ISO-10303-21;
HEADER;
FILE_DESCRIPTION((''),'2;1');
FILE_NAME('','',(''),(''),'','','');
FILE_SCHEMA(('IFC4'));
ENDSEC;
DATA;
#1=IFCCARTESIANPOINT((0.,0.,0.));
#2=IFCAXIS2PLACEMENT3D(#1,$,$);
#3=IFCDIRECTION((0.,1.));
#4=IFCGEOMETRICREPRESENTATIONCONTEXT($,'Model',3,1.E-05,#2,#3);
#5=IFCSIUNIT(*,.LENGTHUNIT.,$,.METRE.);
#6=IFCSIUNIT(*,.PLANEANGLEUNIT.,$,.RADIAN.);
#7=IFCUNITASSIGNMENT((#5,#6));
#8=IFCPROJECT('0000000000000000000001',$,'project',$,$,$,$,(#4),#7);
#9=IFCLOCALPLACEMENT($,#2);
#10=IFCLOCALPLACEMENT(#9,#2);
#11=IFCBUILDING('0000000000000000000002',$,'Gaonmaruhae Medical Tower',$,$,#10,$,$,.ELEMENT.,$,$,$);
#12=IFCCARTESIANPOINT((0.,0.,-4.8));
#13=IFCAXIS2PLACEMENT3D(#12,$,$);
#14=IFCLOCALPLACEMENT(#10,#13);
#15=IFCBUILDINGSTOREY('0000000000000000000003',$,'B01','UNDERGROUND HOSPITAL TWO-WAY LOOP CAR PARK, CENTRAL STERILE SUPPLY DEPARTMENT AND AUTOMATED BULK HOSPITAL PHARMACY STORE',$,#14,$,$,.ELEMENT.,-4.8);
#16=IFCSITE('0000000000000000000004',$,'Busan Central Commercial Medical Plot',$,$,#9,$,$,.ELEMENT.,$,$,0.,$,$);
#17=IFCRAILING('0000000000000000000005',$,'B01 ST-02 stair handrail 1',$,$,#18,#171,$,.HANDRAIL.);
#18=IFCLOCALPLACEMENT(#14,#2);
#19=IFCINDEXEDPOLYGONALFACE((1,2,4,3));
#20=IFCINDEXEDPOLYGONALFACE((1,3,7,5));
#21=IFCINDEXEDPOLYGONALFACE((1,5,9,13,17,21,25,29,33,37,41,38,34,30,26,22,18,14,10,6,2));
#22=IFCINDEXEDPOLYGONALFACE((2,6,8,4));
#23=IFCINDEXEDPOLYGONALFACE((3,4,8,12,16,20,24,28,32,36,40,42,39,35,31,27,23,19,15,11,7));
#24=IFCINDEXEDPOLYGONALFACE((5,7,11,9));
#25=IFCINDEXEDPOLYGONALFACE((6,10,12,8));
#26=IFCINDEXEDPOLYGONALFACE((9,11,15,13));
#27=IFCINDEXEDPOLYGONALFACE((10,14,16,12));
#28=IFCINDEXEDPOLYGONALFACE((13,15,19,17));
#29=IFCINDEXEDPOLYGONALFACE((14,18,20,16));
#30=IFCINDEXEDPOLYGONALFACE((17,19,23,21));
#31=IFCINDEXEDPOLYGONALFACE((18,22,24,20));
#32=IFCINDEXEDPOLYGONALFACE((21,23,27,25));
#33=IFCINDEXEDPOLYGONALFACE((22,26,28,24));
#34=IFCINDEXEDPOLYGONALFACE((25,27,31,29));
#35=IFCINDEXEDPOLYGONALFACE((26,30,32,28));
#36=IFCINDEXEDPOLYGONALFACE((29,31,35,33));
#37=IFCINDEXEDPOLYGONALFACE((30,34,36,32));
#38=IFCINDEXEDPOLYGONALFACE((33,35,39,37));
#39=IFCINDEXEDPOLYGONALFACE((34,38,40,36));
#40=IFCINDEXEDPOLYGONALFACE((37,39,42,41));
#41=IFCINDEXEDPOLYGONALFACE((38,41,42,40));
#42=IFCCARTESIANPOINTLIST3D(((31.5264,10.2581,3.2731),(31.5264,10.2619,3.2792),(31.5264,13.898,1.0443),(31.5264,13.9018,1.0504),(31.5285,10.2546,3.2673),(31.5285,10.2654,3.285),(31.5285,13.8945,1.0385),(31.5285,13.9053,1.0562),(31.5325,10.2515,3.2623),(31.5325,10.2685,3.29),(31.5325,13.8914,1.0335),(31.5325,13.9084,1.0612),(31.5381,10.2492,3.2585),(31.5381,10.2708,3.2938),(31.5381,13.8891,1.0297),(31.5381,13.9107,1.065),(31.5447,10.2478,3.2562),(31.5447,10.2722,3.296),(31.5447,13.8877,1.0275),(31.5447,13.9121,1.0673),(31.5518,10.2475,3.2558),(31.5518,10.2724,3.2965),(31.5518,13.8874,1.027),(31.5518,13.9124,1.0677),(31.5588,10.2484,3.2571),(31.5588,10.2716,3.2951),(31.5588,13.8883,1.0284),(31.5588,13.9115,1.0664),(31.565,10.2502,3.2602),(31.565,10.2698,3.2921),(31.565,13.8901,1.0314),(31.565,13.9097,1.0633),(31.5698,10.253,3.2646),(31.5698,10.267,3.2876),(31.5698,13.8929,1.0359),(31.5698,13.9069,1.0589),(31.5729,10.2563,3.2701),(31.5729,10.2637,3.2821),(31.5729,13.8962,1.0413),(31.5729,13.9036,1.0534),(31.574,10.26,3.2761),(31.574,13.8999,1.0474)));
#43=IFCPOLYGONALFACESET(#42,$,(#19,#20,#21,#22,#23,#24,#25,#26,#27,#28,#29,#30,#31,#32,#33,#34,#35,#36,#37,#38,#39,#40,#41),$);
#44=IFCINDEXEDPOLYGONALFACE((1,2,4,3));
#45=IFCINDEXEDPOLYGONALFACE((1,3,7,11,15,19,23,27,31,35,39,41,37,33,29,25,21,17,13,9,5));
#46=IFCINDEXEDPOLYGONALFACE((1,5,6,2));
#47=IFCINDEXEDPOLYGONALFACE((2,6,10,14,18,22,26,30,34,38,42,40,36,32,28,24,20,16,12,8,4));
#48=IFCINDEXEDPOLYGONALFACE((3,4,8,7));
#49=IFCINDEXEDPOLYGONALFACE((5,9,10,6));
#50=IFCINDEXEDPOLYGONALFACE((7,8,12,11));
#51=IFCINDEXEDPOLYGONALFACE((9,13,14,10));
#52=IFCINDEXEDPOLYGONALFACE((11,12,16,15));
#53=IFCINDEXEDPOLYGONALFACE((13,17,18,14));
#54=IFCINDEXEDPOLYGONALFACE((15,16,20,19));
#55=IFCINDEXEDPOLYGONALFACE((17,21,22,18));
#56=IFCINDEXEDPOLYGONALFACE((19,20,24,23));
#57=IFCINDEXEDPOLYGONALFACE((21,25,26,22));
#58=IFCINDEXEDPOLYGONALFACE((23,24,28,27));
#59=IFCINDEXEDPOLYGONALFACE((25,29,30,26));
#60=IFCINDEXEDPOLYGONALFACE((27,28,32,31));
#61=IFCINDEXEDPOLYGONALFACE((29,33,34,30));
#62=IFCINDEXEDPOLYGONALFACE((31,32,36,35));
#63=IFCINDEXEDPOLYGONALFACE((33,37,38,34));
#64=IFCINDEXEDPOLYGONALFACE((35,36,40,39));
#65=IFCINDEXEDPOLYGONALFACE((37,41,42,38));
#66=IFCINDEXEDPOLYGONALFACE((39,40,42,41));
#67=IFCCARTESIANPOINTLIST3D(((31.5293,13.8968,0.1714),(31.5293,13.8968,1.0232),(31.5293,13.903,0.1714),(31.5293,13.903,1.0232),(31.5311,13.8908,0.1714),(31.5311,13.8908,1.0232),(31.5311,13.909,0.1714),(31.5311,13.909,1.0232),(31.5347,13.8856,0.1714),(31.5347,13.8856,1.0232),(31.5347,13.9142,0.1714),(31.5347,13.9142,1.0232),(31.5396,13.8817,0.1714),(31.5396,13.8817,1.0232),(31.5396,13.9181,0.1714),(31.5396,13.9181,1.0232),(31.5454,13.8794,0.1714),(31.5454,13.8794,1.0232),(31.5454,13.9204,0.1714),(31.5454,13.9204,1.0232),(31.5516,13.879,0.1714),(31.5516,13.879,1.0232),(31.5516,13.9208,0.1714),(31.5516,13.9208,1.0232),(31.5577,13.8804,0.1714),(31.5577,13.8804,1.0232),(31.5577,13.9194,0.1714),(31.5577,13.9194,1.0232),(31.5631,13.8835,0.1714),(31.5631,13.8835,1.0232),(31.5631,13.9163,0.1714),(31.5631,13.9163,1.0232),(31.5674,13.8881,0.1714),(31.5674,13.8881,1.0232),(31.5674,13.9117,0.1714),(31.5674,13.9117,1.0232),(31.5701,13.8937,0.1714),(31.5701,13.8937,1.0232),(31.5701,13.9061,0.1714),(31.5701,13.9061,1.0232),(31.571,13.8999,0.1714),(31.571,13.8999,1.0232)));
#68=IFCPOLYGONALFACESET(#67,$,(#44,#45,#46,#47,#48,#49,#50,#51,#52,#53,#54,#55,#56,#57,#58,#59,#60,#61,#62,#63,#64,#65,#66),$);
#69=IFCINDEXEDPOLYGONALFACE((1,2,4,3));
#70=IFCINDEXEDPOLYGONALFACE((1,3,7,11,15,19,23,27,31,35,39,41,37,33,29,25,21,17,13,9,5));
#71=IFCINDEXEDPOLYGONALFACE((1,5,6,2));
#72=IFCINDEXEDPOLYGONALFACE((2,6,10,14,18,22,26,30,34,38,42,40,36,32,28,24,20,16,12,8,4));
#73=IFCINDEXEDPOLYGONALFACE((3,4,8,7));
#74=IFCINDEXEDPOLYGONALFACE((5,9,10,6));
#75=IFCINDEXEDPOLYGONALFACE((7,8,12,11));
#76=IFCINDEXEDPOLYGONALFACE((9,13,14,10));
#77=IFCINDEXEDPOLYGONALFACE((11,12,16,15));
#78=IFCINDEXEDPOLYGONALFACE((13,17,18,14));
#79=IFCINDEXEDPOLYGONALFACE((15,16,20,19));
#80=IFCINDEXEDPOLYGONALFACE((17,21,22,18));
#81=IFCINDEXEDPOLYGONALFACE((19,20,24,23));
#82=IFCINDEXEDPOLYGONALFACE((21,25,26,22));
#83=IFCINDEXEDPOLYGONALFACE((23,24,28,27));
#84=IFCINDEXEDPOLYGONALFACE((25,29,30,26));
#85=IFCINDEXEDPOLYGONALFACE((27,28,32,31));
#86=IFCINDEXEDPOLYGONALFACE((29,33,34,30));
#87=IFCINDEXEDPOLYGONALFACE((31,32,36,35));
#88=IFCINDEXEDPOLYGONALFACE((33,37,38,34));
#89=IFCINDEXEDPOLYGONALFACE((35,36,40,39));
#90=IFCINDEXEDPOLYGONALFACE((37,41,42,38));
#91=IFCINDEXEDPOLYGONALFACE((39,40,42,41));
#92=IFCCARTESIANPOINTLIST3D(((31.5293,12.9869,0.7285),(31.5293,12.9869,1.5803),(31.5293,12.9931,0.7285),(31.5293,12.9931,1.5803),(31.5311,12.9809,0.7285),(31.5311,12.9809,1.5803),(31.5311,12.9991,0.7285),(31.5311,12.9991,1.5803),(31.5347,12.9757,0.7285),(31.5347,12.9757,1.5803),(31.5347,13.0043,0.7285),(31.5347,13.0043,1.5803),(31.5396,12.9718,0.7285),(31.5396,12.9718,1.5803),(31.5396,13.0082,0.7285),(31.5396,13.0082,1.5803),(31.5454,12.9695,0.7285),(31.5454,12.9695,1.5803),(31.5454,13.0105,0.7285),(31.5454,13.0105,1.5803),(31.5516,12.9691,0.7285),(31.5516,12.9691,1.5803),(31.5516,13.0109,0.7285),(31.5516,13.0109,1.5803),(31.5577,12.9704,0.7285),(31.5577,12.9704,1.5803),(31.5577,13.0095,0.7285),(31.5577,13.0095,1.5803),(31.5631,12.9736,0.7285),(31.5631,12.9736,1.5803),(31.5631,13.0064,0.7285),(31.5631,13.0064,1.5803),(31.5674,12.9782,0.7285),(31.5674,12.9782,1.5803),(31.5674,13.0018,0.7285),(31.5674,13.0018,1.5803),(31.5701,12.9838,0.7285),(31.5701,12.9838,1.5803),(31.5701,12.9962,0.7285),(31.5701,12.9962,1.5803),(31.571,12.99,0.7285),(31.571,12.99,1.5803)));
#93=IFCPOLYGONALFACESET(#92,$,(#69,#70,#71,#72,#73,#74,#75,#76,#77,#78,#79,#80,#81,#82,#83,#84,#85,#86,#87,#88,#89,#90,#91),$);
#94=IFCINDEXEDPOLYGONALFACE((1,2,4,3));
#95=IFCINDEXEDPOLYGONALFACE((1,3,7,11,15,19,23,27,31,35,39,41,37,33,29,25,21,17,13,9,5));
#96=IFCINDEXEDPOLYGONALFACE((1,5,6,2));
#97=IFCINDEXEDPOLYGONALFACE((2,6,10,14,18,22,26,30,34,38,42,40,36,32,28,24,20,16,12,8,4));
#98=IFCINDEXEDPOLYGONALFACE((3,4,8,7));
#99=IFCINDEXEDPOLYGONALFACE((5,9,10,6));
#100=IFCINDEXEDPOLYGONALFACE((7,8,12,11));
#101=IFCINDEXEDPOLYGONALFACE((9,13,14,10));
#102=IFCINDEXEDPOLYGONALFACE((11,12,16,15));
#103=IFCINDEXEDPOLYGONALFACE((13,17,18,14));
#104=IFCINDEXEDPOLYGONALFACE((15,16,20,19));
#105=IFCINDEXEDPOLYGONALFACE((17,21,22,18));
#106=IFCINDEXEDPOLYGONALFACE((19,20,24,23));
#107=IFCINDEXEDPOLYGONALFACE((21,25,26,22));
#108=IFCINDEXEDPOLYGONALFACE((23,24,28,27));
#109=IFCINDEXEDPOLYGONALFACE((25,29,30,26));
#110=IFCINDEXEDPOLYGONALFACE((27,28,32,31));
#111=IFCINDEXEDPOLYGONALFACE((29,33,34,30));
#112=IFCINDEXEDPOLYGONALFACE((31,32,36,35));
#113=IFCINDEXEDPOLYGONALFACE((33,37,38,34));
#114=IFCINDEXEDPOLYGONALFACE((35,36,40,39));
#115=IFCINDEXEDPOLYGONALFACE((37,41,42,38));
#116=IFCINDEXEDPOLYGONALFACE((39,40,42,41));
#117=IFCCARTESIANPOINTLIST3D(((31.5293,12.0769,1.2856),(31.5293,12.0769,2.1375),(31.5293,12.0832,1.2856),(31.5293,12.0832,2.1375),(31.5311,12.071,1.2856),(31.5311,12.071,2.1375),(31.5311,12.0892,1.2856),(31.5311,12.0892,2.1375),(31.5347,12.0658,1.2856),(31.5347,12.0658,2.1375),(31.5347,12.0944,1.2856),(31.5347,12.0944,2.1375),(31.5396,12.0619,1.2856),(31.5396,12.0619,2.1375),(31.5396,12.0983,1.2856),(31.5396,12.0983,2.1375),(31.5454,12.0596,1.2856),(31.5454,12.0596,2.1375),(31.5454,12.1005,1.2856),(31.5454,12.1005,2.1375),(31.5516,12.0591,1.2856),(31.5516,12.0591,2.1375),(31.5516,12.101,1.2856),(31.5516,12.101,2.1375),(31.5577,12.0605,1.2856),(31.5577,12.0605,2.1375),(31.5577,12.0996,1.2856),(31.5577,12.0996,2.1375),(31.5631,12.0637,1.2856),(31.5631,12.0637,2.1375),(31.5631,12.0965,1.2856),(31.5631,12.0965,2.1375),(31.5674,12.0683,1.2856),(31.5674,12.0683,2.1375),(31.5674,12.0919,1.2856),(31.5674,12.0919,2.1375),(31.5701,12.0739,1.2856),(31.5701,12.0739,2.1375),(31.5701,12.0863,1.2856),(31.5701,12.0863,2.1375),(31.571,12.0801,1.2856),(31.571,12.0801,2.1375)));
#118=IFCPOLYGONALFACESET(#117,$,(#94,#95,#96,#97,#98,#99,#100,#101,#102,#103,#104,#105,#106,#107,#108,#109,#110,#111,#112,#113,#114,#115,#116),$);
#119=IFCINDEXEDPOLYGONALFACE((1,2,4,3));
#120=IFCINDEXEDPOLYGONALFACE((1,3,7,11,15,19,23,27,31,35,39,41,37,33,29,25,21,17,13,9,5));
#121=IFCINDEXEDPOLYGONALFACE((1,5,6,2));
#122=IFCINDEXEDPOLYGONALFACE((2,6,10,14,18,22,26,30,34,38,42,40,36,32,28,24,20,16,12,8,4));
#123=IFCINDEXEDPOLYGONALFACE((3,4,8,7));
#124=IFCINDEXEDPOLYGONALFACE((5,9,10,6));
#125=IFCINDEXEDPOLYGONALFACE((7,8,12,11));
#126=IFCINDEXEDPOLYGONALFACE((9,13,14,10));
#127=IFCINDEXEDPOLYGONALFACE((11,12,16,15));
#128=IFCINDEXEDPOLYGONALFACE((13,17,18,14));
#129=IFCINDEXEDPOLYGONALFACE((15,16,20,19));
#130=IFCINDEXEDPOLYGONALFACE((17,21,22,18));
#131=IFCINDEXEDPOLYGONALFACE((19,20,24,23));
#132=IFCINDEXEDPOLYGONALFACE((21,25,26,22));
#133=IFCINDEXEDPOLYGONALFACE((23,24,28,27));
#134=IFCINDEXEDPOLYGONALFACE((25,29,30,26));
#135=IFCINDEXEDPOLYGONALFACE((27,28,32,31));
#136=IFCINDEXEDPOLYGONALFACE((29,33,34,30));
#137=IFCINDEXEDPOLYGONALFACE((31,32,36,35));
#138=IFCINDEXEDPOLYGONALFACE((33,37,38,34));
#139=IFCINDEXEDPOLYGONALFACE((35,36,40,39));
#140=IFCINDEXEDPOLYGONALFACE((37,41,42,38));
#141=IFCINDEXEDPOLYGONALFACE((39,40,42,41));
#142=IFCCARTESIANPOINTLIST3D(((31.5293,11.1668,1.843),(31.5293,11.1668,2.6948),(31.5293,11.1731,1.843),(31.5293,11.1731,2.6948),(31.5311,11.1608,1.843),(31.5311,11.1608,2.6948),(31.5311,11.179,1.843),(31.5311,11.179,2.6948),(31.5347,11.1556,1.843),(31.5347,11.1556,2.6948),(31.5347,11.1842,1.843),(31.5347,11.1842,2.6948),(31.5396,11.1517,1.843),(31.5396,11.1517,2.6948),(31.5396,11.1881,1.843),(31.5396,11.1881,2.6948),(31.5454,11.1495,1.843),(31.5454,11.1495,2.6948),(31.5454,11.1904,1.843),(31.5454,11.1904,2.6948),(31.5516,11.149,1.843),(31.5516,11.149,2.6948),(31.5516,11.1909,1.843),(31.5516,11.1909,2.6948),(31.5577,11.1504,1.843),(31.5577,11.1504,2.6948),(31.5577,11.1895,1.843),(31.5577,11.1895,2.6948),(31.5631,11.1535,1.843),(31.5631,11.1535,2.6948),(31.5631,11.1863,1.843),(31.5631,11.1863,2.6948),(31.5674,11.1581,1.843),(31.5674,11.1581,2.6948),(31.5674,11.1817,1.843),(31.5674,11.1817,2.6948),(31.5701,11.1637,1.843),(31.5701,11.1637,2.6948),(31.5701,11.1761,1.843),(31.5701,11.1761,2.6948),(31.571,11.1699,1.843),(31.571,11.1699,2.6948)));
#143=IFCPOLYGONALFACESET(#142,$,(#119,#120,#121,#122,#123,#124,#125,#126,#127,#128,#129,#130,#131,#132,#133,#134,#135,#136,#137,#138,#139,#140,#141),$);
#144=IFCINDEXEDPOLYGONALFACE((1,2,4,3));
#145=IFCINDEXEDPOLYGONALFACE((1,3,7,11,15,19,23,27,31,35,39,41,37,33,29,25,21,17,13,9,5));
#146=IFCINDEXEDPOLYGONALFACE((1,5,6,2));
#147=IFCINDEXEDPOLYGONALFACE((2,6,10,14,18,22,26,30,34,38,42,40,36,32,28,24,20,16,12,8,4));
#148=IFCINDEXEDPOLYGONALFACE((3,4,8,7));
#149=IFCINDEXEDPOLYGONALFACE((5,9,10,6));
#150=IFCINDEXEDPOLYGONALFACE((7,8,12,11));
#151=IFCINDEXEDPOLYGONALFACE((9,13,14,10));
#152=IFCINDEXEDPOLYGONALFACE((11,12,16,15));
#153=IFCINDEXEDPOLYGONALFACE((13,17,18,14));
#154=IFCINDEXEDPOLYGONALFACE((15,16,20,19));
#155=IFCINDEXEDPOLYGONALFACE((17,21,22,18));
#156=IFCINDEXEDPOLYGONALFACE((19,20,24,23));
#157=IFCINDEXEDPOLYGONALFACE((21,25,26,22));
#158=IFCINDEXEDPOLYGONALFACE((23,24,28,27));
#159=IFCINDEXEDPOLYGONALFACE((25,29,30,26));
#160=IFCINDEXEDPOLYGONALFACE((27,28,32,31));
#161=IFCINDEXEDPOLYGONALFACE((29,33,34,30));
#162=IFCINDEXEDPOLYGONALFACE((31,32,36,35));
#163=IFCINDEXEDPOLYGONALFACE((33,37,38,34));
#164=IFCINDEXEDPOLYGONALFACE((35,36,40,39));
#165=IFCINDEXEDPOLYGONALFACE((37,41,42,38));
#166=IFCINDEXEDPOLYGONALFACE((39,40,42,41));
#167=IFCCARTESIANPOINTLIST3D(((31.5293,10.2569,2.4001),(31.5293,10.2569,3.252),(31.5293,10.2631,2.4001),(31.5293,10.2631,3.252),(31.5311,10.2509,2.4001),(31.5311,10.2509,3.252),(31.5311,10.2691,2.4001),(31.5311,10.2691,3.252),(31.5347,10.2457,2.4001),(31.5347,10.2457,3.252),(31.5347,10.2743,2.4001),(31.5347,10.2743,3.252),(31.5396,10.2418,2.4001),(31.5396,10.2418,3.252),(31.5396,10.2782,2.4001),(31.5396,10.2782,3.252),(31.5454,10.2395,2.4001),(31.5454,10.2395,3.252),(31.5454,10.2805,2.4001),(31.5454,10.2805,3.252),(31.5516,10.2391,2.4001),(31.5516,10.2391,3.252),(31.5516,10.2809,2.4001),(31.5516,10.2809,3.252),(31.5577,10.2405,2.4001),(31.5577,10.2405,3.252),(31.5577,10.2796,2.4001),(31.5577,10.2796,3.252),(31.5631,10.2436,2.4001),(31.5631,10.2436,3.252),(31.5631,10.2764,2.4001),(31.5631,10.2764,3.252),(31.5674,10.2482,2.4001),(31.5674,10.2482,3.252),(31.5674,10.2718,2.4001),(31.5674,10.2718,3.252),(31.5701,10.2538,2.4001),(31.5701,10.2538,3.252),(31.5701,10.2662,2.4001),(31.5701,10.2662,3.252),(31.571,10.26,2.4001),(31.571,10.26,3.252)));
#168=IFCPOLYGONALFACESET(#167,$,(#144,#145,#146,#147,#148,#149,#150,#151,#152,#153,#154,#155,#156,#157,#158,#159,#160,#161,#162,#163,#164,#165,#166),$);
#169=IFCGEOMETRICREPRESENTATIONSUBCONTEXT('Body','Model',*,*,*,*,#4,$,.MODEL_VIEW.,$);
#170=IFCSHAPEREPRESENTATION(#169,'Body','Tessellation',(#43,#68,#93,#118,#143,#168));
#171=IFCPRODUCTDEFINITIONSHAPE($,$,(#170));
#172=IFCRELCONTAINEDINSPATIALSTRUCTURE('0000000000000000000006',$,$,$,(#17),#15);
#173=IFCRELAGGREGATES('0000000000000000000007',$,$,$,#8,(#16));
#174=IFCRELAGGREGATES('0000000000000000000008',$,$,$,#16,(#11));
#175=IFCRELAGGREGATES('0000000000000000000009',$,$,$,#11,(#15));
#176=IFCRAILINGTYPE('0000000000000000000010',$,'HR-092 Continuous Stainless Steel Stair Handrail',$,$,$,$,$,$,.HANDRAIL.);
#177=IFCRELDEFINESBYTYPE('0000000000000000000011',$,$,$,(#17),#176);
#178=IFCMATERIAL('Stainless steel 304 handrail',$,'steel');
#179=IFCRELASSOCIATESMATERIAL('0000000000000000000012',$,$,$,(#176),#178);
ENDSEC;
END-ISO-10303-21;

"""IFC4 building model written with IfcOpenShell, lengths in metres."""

from ifc_helpers import new_model, si_unit, direction, frame, origin, origin_2d, place, context, subcontext, project, spatial, circle, extrude, material, type_object, element, save


model = new_model("IFC4")

# Units and contexts
model_context = context("Model", 3, precision=1e-05, world=origin(), true_north=direction((0.0, 1.0)))
body_context = subcontext(model_context, "Body", "Model", "MODEL_VIEW")
ifc_project = project(units=[si_unit("LENGTHUNIT", "METRE"), si_unit("PLANEANGLEUNIT", "RADIAN")], contexts=[model_context])

# Site, building, storey
site_placement = place(None, origin())
site = spatial("IfcSite", under=ifc_project, at=site_placement, Name="Busan Central Commercial Medical Plot", CompositionType="ELEMENT", RefElevation=0.0)
building_placement = place(site_placement, origin())
building = spatial("IfcBuilding", under=site, at=building_placement, Name="Gaonmaruhae Medical Tower", CompositionType="ELEMENT")
storey_placement = place(building_placement, frame((0.0, 0.0, -4.8)))
storey = spatial("IfcBuildingStorey", under=building, at=storey_placement, Name="B01", Description="UNDERGROUND HOSPITAL TWO-WAY LOOP CAR PARK, CENTRAL STERILE SUPPLY DEPARTMENT AND AUTOMATED BULK HOSPITAL PHARMACY STORE", CompositionType="ELEMENT", Elevation=-4.8)

# Railing
ifc_material_1 = material(Name="Stainless steel 304 handrail", Category="steel")
railing_type_1 = type_object("IfcRailingType", Name="HR-092 Continuous Stainless Steel Stair Handrail", PredefinedType="HANDRAIL", material=ifc_material_1)
railing_1_placement = place(storey_placement, frame((31.55, 13.8999, 0.1714)))
element("IfcRailing", 1, at=railing_1_placement, inside=storey, type_object=railing_type_1, Name="B01 ST-02 stair handrail 1", PredefinedType="HANDRAIL", context=body_context, shape_type="SweptSolid", body=[
    extrude(circle(Radius=0.0239, at=origin_2d()), frame((0.0, 0.0, 0.876), z_axis=(0.0, -0.852825, 0.522197), x_axis=(1.0, 0.0, 0.0)), (0.0, 0.0, 1.0), 4.2681),
    extrude(circle(Radius=0.021, at=origin_2d()), origin(), (0.0, 0.0, 1.0), 0.8518),
    extrude(circle(Radius=0.021, at=origin_2d()), frame((0.0, -0.9099, 0.5571)), (0.0, 0.0, 1.0), 0.8518),
    extrude(circle(Radius=0.021, at=origin_2d()), frame((0.0, -1.8198, 1.1143)), (0.0, 0.0, 1.0), 0.8518),
    extrude(circle(Radius=0.021, at=origin_2d()), frame((0.0, -2.73, 1.6716)), (0.0, 0.0, 1.0), 0.8518),
    extrude(circle(Radius=0.021, at=origin_2d()), frame((0.0, -3.6399, 2.2288)), (0.0, 0.0, 1.0), 0.8518),
])

save(model, "model.ifc")
